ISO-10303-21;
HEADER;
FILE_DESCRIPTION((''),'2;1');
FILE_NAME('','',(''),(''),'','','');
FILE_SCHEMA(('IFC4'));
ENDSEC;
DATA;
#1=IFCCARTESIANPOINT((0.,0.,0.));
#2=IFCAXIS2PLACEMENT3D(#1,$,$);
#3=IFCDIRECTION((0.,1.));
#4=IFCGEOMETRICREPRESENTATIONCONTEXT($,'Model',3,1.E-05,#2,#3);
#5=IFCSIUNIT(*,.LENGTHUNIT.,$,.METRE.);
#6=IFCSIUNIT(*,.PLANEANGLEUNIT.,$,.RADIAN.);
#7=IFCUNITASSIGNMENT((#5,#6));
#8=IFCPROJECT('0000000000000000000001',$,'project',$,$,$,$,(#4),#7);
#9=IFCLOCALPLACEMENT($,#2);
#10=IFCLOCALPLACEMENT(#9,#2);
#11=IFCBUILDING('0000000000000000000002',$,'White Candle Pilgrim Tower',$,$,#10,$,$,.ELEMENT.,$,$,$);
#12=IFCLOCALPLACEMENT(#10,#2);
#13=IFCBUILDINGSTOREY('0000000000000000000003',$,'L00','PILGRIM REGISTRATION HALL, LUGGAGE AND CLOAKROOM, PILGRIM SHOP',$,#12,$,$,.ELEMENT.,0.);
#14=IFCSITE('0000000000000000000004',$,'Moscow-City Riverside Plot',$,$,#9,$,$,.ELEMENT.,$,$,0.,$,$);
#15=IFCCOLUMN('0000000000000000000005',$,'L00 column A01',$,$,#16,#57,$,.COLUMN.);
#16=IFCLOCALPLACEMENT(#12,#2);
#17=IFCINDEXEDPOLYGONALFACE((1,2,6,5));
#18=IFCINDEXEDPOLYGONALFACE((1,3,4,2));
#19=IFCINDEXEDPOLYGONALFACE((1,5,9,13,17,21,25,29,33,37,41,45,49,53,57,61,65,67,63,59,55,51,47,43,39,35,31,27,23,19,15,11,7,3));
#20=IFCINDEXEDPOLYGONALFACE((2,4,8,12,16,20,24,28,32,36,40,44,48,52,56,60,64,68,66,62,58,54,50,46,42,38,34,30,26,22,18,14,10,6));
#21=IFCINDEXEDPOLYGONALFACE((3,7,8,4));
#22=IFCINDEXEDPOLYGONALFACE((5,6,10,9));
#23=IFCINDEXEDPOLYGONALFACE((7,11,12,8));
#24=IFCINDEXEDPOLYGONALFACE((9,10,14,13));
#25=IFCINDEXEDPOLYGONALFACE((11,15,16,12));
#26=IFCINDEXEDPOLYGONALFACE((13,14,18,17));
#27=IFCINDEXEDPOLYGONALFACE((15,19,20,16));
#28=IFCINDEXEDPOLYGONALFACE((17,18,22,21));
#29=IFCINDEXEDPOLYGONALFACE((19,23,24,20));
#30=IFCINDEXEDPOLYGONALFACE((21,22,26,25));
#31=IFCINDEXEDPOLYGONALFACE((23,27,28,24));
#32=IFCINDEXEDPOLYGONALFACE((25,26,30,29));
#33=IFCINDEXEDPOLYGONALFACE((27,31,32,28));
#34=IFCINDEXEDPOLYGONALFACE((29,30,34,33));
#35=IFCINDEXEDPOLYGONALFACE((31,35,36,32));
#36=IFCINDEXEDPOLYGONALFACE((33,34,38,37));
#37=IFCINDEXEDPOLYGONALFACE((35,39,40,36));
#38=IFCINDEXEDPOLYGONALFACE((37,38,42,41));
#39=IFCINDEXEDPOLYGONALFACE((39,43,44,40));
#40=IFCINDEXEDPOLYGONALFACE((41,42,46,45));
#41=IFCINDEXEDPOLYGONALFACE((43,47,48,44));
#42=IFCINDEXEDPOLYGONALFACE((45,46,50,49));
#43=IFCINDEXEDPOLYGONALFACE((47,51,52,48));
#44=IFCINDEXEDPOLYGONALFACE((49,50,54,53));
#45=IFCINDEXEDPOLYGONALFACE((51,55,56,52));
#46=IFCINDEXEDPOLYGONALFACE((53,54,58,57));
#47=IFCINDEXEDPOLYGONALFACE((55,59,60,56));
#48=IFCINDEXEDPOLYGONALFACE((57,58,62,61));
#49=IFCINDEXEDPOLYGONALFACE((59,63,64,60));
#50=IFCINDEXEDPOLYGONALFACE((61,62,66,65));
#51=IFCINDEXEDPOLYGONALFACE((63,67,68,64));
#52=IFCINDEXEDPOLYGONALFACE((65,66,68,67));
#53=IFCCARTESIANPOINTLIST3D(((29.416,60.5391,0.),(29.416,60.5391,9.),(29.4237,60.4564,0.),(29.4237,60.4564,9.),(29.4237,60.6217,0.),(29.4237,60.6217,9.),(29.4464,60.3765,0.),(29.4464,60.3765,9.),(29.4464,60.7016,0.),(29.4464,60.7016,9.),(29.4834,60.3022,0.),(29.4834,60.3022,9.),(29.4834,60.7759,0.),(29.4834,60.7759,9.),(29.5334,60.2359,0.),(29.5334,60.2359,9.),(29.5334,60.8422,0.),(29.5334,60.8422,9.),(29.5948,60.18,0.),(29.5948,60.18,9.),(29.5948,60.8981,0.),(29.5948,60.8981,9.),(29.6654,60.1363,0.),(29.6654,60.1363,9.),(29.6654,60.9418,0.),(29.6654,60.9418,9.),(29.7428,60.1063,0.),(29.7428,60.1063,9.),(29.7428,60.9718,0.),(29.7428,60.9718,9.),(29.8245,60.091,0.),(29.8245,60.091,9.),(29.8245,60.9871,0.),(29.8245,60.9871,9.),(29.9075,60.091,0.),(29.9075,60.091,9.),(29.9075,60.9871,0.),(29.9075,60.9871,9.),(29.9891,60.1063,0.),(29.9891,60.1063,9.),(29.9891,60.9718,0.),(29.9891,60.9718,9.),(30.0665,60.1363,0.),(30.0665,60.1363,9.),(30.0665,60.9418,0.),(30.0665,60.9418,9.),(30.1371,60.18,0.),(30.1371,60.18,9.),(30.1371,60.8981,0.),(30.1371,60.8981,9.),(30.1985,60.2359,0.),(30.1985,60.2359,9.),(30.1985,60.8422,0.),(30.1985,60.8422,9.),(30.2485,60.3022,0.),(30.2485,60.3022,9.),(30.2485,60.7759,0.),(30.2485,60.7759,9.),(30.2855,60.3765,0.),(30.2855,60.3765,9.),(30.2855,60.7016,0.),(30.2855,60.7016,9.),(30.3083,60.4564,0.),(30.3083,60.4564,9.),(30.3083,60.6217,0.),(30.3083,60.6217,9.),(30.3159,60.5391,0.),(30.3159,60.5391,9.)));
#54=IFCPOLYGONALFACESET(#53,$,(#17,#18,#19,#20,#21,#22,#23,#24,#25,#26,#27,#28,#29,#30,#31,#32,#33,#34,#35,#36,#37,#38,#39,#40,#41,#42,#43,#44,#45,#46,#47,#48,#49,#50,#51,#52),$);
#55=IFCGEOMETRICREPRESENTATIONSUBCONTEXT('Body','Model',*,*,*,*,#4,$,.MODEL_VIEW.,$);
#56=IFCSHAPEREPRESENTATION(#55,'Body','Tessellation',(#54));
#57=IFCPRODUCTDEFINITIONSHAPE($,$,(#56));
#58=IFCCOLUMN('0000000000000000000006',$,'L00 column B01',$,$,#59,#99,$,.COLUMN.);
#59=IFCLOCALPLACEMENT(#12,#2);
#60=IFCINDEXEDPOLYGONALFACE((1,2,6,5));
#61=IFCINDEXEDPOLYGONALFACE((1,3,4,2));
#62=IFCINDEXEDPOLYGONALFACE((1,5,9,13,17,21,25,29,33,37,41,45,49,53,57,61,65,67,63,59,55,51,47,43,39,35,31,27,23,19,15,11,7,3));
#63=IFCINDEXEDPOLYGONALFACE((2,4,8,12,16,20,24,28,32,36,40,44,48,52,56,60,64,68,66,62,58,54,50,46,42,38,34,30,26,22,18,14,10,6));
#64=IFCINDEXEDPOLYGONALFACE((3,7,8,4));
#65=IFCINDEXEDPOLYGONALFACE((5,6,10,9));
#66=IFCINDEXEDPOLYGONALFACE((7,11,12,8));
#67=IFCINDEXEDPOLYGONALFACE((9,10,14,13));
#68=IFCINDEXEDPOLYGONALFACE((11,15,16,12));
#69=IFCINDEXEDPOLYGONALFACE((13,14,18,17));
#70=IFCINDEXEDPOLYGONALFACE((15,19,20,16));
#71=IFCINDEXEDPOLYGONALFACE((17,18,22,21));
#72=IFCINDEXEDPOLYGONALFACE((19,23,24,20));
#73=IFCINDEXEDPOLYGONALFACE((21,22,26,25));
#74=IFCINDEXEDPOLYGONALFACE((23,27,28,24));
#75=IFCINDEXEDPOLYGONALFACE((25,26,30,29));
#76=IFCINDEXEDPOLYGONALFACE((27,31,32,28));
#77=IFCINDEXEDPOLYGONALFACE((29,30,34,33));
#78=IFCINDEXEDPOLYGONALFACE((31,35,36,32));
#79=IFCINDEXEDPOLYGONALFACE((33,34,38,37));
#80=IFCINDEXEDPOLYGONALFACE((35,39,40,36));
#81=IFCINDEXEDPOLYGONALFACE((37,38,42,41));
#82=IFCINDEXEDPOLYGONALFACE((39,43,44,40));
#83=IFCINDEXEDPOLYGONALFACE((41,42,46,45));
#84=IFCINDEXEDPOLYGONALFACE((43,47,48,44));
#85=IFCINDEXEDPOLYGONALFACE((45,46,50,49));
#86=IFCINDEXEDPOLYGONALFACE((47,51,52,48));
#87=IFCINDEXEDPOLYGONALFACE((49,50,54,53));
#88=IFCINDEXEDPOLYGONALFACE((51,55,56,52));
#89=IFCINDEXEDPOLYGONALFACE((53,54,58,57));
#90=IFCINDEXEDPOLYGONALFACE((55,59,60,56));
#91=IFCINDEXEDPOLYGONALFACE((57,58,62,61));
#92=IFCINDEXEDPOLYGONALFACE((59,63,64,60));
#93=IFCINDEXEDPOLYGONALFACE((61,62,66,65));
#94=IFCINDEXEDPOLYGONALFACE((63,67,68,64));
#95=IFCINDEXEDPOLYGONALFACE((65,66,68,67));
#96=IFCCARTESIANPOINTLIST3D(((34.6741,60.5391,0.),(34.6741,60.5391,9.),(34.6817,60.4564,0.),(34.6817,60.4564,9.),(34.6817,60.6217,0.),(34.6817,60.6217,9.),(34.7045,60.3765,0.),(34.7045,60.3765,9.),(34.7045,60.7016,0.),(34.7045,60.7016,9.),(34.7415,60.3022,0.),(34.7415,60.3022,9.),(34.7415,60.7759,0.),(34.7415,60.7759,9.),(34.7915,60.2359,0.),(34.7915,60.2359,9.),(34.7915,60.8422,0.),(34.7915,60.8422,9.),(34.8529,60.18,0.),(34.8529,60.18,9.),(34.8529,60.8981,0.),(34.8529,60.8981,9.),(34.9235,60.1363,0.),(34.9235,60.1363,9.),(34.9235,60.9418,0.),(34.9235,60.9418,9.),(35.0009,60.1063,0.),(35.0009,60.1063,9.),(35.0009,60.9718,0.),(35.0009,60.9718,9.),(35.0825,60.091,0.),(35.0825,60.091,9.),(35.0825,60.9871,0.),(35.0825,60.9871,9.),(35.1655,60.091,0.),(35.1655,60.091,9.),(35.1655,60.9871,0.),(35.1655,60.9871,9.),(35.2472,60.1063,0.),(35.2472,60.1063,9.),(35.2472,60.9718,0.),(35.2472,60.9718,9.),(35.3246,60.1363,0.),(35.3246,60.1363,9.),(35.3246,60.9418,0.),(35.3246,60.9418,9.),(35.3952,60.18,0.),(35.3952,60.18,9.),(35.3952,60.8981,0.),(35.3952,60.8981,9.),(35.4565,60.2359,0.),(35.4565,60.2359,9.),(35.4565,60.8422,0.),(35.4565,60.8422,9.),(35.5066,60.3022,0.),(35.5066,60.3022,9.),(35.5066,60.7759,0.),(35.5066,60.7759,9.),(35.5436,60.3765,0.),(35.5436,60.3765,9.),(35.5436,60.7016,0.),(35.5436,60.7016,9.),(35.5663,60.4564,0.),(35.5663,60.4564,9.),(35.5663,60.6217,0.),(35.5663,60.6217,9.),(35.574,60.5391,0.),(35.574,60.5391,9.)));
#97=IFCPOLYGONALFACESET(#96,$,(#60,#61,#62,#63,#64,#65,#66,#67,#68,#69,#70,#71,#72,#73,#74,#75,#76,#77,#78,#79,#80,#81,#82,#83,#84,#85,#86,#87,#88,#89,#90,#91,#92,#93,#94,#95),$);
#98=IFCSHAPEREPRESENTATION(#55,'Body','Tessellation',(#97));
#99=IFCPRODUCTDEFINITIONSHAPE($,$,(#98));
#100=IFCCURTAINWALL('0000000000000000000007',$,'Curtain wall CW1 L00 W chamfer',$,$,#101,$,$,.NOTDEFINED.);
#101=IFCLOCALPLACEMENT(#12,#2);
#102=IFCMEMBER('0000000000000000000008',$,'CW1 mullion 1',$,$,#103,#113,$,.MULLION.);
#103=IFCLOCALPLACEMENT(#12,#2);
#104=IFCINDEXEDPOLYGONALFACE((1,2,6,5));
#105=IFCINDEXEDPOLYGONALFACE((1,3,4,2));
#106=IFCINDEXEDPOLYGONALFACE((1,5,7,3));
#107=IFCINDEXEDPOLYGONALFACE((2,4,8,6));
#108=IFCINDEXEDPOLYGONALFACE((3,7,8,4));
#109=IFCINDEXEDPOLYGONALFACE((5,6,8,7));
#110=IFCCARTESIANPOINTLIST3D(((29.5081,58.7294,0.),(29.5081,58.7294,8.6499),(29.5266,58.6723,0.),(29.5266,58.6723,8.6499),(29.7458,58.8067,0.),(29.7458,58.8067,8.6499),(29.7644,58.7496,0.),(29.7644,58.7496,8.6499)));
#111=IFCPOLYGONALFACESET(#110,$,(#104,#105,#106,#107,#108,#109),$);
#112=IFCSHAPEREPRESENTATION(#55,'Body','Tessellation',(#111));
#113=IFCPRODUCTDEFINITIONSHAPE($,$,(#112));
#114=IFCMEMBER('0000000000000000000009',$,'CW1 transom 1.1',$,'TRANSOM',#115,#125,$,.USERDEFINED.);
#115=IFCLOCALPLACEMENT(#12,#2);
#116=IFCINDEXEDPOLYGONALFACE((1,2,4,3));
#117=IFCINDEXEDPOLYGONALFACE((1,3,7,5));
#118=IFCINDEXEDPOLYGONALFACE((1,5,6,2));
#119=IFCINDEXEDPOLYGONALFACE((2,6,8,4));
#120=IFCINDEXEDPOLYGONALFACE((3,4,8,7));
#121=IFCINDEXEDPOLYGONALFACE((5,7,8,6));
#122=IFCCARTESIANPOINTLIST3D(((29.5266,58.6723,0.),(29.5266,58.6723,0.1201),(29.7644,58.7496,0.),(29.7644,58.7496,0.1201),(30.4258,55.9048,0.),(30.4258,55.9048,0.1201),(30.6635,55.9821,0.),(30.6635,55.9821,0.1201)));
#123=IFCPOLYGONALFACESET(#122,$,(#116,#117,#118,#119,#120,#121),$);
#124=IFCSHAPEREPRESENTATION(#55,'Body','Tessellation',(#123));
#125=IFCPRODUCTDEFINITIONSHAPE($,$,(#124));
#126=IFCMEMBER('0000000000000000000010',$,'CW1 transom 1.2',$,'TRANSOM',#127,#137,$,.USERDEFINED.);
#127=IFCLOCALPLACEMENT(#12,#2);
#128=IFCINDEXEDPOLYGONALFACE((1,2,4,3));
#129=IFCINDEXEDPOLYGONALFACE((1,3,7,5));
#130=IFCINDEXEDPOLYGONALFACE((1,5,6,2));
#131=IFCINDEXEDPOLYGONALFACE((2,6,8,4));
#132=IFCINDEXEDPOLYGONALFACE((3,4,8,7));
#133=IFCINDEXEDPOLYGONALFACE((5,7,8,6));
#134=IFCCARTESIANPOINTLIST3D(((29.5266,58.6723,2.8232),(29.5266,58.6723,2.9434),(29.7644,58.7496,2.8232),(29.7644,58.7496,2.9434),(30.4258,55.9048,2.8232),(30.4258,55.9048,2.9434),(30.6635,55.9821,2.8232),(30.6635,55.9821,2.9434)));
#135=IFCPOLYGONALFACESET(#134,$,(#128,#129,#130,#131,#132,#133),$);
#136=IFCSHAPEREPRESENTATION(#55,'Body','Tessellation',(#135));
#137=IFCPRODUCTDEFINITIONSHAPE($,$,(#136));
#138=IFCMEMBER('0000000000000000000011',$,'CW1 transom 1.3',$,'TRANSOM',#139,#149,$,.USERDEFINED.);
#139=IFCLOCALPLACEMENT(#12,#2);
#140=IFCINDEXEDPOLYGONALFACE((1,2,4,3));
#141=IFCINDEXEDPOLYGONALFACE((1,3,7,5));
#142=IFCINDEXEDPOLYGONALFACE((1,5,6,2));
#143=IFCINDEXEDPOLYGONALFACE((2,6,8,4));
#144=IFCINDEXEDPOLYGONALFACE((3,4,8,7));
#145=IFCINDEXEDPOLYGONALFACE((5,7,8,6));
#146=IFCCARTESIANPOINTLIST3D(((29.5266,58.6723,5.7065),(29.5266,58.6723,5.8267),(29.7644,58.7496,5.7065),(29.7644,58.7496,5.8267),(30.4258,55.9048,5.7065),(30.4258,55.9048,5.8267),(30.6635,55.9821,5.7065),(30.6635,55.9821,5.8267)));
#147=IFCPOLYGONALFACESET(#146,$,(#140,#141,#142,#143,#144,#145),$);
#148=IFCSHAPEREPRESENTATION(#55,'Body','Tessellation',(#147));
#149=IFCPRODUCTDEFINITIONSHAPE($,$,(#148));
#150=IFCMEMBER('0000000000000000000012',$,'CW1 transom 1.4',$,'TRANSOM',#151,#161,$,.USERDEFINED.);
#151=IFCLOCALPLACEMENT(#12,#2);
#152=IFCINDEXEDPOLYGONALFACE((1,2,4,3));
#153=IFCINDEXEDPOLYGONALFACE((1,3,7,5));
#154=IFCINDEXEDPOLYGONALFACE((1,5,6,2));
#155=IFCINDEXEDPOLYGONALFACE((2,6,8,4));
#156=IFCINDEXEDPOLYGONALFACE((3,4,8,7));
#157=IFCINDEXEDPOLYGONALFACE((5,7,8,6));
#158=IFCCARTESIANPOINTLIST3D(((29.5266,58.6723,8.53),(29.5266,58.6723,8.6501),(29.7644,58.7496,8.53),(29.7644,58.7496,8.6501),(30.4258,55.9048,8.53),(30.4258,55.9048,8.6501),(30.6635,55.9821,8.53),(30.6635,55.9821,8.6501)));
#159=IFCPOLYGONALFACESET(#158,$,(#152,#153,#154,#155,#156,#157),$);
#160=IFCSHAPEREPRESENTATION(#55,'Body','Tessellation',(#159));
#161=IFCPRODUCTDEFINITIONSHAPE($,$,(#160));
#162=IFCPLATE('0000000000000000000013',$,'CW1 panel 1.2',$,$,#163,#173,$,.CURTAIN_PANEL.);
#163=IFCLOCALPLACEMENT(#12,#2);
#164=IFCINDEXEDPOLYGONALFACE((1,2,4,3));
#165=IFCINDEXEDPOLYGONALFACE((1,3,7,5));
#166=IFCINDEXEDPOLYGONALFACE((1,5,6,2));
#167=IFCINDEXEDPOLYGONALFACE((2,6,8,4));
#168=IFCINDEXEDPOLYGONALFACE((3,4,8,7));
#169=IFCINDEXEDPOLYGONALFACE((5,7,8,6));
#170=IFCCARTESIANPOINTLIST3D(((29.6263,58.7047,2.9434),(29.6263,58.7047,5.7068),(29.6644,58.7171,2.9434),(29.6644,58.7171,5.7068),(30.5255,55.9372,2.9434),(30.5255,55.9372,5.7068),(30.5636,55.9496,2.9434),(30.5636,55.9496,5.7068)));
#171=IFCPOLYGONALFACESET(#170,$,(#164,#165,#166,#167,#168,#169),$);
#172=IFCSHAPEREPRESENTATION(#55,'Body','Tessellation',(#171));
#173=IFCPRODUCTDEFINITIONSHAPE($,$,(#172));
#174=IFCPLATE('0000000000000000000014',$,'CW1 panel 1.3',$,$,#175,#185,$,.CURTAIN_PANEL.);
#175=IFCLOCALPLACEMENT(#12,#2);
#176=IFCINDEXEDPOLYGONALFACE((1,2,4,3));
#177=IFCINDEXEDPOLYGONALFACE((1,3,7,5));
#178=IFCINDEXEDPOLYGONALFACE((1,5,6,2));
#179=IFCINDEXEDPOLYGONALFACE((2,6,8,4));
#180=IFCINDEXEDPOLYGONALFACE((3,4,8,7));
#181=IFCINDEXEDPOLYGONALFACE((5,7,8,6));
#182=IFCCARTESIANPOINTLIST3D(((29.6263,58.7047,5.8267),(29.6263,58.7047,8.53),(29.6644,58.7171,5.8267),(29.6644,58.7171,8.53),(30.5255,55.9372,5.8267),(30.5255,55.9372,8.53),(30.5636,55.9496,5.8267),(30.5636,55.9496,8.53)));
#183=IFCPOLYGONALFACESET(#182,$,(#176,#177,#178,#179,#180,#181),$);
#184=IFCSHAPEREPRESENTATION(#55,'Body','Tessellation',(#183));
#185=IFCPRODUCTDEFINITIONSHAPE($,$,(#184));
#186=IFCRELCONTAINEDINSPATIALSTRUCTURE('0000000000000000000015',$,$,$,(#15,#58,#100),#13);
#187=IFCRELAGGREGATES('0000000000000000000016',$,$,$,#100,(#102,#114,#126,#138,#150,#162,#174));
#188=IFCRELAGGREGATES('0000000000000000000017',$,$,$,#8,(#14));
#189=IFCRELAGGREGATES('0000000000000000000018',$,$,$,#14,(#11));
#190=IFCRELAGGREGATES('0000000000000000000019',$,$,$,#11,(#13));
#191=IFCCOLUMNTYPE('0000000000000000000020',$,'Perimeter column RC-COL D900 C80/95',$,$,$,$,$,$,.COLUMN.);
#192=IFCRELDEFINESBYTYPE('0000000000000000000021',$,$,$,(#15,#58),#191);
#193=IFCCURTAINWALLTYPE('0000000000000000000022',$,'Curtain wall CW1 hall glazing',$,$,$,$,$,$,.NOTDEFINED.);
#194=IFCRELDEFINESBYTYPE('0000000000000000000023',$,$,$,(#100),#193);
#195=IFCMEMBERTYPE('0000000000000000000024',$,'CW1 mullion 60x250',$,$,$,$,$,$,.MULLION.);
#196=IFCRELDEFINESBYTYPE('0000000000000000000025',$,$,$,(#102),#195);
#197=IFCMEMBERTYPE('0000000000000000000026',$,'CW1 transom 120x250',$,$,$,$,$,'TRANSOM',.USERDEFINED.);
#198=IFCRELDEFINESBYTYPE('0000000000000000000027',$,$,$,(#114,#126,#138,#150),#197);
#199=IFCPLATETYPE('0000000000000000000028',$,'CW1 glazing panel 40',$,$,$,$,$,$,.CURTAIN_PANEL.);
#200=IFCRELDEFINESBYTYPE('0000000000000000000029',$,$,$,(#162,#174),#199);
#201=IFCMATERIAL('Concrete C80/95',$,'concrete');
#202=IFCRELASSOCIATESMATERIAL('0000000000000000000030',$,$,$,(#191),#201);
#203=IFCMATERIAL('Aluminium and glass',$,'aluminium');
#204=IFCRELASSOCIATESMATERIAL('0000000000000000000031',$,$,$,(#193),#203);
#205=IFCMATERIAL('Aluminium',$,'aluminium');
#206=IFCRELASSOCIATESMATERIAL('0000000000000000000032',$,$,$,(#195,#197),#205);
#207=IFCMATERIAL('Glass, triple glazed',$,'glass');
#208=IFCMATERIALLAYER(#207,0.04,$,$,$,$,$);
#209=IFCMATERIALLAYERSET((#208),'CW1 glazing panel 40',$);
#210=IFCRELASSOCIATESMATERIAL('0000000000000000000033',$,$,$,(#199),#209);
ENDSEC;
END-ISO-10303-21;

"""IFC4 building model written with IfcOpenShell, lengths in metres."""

from ifc_helpers import new_model, si_unit, direction, frame, origin, origin_2d, place, context, subcontext, project, spatial, rectangle, circle, extrude, material, layer, layer_set, material_profile, profile_set, type_object, element, aggregate, save


model = new_model("IFC4")

# Units and contexts
model_context = context("Model", 3, precision=1e-05, world=origin(), true_north=direction((0.0, 1.0)))
body_context = subcontext(model_context, "Body", "Model", "MODEL_VIEW")
ifc_project = project(units=[si_unit("LENGTHUNIT", "METRE"), si_unit("PLANEANGLEUNIT", "RADIAN")], contexts=[model_context])

# Site, building, storey
site_placement = place(None, origin())
site = spatial("IfcSite", under=ifc_project, at=site_placement, Name="Moscow-City Riverside Plot", CompositionType="ELEMENT", RefElevation=0.0)
building_placement = place(site_placement, origin())
building = spatial("IfcBuilding", under=site, at=building_placement, Name="White Candle Pilgrim Tower", CompositionType="ELEMENT")
storey_placement = place(building_placement, origin())
storey = spatial("IfcBuildingStorey", under=building, at=storey_placement, Name="L00", Description="PILGRIM REGISTRATION HALL, LUGGAGE AND CLOAKROOM, PILGRIM SHOP", CompositionType="ELEMENT", Elevation=0.0)

# Columns
ifc_material_1 = material(Name="Concrete C80/95", Category="concrete")
ifc_material_profile_1 = material_profile(ifc_material_1, circle(Radius=0.45, at=origin_2d()), Name="RC-COL D900")
ifc_profile_set_1 = profile_set([ifc_material_profile_1], Name="Concrete C80/95")
column_type = type_object("IfcColumnType", Name="Perimeter column RC-COL D900 C80/95", PredefinedType="COLUMN", material=ifc_profile_set_1)
for number, where, z_axis, x_axis, name in (
    (1, (29.866, 60.5391, 0.0), (0.0, 0.0, 1.0), (1.0, 0.0, 0.0), "L00 column A01"),
    (2, (35.124, 60.5391, 0.0), (0.0, 0.0, 1.0), (1.0, 0.0, 0.0), "L00 column B01"),
):
    element("IfcColumn", number, at=place(storey_placement, frame(where, z_axis=z_axis, x_axis=x_axis)), inside=storey, type_object=column_type, Name=name, PredefinedType="COLUMN", context=body_context, shape_type="SweptSolid", body=[
        extrude(circle(Radius=0.45, at=origin_2d()), origin(), (0.0, 0.0, 1.0), 9.0),
    ])

# Curtain wall, members, plates
ifc_material_2 = material(Name="Aluminium and glass", Category="aluminium")
curtain_wall_type = type_object("IfcCurtainWallType", Name="Curtain wall CW1 hall glazing", PredefinedType="NOTDEFINED", material=ifc_material_2)
curtain_wall_placement = place(storey_placement, origin())
curtain_wall = element("IfcCurtainWall", 3, at=curtain_wall_placement, inside=storey, type_object=curtain_wall_type, Name="Curtain wall CW1 L00 W chamfer", PredefinedType="NOTDEFINED")
ifc_material_3 = material(Name="Aluminium", Category="aluminium")
ifc_material_profile_2 = material_profile(ifc_material_3, rectangle(XDim=0.25, YDim=0.0601, at=origin_2d()), Name="CW1 mullion 60x250")
ifc_profile_set_2 = profile_set([ifc_material_profile_2], Name="Aluminium")
member_type_1 = type_object("IfcMemberType", Name="CW1 mullion 60x250", PredefinedType="MULLION", material=ifc_profile_set_2)
member_1_placement = place(storey_placement, frame((29.6362, 58.7395, 0.0), z_axis=(0.0, 0.0, 1.0), x_axis=(0.951057, 0.309017, 0.0)))
member_1 = element("IfcMember", 4, at=member_1_placement, type_object=member_type_1, Name="CW1 mullion 1", PredefinedType="MULLION", context=body_context, shape_type="SweptSolid", body=[
    extrude(rectangle(XDim=0.25, YDim=0.0601, at=origin_2d()), origin(), (0.0, 0.0, 1.0), 8.6499),
])
ifc_material_profile_3 = material_profile(ifc_material_3, rectangle(XDim=0.25, YDim=0.1201, at=origin_2d()), Name="CW1 transom 120x250")
ifc_profile_set_3 = profile_set([ifc_material_profile_3], Name="Aluminium")
member_type_2 = type_object("IfcMemberType", Name="CW1 transom 120x250", ElementType="TRANSOM", PredefinedType="USERDEFINED", material=ifc_profile_set_3)
member_2_placement = place(storey_placement, frame((29.6455, 58.7109, 0.0601), z_axis=(0.308995, -0.951064, 0.0), x_axis=(0.951064, 0.308995, 0.0)))
member_2 = element("IfcMember", 5, at=member_2_placement, type_object=member_type_2, Name="CW1 transom 1.1", ObjectType="TRANSOM", PredefinedType="USERDEFINED", context=body_context, shape_type="SweptSolid", body=[
    extrude(rectangle(XDim=0.25, YDim=0.1201, at=origin_2d()), origin(), (0.0, 0.0, 1.0), 2.9099),
])
member_3_placement = place(storey_placement, frame((29.6455, 58.7109, 2.8833), z_axis=(0.308995, -0.951064, 0.0), x_axis=(0.951064, 0.308995, 0.0)))
member_3 = element("IfcMember", 6, at=member_3_placement, type_object=member_type_2, Name="CW1 transom 1.2", ObjectType="TRANSOM", PredefinedType="USERDEFINED", context=body_context, shape_type="SweptSolid", body=[
    extrude(rectangle(XDim=0.25, YDim=0.1201, at=origin_2d()), origin(), (0.0, 0.0, 1.0), 2.9099),
])
member_4_placement = place(storey_placement, frame((29.6455, 58.7109, 5.7666), z_axis=(0.308995, -0.951064, 0.0), x_axis=(0.951064, 0.308995, 0.0)))
member_4 = element("IfcMember", 7, at=member_4_placement, type_object=member_type_2, Name="CW1 transom 1.3", ObjectType="TRANSOM", PredefinedType="USERDEFINED", context=body_context, shape_type="SweptSolid", body=[
    extrude(rectangle(XDim=0.25, YDim=0.1201, at=origin_2d()), origin(), (0.0, 0.0, 1.0), 2.9099),
])
member_5_placement = place(storey_placement, frame((29.6455, 58.7109, 8.5901), z_axis=(0.308995, -0.951064, 0.0), x_axis=(0.951064, 0.308995, 0.0)))
member_5 = element("IfcMember", 8, at=member_5_placement, type_object=member_type_2, Name="CW1 transom 1.4", ObjectType="TRANSOM", PredefinedType="USERDEFINED", context=body_context, shape_type="SweptSolid", body=[
    extrude(rectangle(XDim=0.25, YDim=0.1201, at=origin_2d()), origin(), (0.0, 0.0, 1.0), 2.9099),
])
ifc_material_4 = material(Name="Glass, triple glazed", Category="glass")
ifc_layer_1 = layer(ifc_material_4, 0.04)
ifc_layer_set_1 = layer_set([ifc_layer_1], Name="CW1 glazing panel 40")
plate_type = type_object("IfcPlateType", Name="CW1 glazing panel 40", PredefinedType="CURTAIN_PANEL", material=ifc_layer_set_1)
plate_1_placement = place(storey_placement, frame((30.095, 57.3271, 2.9434), z_axis=(0.0, 0.0, 1.0), x_axis=(0.309017, -0.951057, 0.0)))
plate_1 = element("IfcPlate", 9, at=plate_1_placement, type_object=plate_type, Name="CW1 panel 1.2", PredefinedType="CURTAIN_PANEL", context=body_context, shape_type="SweptSolid", body=[
    extrude(rectangle(XDim=2.9099, YDim=0.04, at=origin_2d()), origin(), (0.0, 0.0, 1.0), 2.7634),
])
plate_2_placement = place(storey_placement, frame((30.095, 57.3271, 5.8267), z_axis=(0.0, 0.0, 1.0), x_axis=(0.309017, -0.951057, 0.0)))
plate_2 = element("IfcPlate", 10, at=plate_2_placement, type_object=plate_type, Name="CW1 panel 1.3", PredefinedType="CURTAIN_PANEL", context=body_context, shape_type="SweptSolid", body=[
    extrude(rectangle(XDim=2.9099, YDim=0.04, at=origin_2d()), origin(), (0.0, 0.0, 1.0), 2.7034),
])
aggregate(curtain_wall, [member_1, member_2, member_3, member_4, member_5, plate_1, plate_2])

save(model, "model.ifc")
